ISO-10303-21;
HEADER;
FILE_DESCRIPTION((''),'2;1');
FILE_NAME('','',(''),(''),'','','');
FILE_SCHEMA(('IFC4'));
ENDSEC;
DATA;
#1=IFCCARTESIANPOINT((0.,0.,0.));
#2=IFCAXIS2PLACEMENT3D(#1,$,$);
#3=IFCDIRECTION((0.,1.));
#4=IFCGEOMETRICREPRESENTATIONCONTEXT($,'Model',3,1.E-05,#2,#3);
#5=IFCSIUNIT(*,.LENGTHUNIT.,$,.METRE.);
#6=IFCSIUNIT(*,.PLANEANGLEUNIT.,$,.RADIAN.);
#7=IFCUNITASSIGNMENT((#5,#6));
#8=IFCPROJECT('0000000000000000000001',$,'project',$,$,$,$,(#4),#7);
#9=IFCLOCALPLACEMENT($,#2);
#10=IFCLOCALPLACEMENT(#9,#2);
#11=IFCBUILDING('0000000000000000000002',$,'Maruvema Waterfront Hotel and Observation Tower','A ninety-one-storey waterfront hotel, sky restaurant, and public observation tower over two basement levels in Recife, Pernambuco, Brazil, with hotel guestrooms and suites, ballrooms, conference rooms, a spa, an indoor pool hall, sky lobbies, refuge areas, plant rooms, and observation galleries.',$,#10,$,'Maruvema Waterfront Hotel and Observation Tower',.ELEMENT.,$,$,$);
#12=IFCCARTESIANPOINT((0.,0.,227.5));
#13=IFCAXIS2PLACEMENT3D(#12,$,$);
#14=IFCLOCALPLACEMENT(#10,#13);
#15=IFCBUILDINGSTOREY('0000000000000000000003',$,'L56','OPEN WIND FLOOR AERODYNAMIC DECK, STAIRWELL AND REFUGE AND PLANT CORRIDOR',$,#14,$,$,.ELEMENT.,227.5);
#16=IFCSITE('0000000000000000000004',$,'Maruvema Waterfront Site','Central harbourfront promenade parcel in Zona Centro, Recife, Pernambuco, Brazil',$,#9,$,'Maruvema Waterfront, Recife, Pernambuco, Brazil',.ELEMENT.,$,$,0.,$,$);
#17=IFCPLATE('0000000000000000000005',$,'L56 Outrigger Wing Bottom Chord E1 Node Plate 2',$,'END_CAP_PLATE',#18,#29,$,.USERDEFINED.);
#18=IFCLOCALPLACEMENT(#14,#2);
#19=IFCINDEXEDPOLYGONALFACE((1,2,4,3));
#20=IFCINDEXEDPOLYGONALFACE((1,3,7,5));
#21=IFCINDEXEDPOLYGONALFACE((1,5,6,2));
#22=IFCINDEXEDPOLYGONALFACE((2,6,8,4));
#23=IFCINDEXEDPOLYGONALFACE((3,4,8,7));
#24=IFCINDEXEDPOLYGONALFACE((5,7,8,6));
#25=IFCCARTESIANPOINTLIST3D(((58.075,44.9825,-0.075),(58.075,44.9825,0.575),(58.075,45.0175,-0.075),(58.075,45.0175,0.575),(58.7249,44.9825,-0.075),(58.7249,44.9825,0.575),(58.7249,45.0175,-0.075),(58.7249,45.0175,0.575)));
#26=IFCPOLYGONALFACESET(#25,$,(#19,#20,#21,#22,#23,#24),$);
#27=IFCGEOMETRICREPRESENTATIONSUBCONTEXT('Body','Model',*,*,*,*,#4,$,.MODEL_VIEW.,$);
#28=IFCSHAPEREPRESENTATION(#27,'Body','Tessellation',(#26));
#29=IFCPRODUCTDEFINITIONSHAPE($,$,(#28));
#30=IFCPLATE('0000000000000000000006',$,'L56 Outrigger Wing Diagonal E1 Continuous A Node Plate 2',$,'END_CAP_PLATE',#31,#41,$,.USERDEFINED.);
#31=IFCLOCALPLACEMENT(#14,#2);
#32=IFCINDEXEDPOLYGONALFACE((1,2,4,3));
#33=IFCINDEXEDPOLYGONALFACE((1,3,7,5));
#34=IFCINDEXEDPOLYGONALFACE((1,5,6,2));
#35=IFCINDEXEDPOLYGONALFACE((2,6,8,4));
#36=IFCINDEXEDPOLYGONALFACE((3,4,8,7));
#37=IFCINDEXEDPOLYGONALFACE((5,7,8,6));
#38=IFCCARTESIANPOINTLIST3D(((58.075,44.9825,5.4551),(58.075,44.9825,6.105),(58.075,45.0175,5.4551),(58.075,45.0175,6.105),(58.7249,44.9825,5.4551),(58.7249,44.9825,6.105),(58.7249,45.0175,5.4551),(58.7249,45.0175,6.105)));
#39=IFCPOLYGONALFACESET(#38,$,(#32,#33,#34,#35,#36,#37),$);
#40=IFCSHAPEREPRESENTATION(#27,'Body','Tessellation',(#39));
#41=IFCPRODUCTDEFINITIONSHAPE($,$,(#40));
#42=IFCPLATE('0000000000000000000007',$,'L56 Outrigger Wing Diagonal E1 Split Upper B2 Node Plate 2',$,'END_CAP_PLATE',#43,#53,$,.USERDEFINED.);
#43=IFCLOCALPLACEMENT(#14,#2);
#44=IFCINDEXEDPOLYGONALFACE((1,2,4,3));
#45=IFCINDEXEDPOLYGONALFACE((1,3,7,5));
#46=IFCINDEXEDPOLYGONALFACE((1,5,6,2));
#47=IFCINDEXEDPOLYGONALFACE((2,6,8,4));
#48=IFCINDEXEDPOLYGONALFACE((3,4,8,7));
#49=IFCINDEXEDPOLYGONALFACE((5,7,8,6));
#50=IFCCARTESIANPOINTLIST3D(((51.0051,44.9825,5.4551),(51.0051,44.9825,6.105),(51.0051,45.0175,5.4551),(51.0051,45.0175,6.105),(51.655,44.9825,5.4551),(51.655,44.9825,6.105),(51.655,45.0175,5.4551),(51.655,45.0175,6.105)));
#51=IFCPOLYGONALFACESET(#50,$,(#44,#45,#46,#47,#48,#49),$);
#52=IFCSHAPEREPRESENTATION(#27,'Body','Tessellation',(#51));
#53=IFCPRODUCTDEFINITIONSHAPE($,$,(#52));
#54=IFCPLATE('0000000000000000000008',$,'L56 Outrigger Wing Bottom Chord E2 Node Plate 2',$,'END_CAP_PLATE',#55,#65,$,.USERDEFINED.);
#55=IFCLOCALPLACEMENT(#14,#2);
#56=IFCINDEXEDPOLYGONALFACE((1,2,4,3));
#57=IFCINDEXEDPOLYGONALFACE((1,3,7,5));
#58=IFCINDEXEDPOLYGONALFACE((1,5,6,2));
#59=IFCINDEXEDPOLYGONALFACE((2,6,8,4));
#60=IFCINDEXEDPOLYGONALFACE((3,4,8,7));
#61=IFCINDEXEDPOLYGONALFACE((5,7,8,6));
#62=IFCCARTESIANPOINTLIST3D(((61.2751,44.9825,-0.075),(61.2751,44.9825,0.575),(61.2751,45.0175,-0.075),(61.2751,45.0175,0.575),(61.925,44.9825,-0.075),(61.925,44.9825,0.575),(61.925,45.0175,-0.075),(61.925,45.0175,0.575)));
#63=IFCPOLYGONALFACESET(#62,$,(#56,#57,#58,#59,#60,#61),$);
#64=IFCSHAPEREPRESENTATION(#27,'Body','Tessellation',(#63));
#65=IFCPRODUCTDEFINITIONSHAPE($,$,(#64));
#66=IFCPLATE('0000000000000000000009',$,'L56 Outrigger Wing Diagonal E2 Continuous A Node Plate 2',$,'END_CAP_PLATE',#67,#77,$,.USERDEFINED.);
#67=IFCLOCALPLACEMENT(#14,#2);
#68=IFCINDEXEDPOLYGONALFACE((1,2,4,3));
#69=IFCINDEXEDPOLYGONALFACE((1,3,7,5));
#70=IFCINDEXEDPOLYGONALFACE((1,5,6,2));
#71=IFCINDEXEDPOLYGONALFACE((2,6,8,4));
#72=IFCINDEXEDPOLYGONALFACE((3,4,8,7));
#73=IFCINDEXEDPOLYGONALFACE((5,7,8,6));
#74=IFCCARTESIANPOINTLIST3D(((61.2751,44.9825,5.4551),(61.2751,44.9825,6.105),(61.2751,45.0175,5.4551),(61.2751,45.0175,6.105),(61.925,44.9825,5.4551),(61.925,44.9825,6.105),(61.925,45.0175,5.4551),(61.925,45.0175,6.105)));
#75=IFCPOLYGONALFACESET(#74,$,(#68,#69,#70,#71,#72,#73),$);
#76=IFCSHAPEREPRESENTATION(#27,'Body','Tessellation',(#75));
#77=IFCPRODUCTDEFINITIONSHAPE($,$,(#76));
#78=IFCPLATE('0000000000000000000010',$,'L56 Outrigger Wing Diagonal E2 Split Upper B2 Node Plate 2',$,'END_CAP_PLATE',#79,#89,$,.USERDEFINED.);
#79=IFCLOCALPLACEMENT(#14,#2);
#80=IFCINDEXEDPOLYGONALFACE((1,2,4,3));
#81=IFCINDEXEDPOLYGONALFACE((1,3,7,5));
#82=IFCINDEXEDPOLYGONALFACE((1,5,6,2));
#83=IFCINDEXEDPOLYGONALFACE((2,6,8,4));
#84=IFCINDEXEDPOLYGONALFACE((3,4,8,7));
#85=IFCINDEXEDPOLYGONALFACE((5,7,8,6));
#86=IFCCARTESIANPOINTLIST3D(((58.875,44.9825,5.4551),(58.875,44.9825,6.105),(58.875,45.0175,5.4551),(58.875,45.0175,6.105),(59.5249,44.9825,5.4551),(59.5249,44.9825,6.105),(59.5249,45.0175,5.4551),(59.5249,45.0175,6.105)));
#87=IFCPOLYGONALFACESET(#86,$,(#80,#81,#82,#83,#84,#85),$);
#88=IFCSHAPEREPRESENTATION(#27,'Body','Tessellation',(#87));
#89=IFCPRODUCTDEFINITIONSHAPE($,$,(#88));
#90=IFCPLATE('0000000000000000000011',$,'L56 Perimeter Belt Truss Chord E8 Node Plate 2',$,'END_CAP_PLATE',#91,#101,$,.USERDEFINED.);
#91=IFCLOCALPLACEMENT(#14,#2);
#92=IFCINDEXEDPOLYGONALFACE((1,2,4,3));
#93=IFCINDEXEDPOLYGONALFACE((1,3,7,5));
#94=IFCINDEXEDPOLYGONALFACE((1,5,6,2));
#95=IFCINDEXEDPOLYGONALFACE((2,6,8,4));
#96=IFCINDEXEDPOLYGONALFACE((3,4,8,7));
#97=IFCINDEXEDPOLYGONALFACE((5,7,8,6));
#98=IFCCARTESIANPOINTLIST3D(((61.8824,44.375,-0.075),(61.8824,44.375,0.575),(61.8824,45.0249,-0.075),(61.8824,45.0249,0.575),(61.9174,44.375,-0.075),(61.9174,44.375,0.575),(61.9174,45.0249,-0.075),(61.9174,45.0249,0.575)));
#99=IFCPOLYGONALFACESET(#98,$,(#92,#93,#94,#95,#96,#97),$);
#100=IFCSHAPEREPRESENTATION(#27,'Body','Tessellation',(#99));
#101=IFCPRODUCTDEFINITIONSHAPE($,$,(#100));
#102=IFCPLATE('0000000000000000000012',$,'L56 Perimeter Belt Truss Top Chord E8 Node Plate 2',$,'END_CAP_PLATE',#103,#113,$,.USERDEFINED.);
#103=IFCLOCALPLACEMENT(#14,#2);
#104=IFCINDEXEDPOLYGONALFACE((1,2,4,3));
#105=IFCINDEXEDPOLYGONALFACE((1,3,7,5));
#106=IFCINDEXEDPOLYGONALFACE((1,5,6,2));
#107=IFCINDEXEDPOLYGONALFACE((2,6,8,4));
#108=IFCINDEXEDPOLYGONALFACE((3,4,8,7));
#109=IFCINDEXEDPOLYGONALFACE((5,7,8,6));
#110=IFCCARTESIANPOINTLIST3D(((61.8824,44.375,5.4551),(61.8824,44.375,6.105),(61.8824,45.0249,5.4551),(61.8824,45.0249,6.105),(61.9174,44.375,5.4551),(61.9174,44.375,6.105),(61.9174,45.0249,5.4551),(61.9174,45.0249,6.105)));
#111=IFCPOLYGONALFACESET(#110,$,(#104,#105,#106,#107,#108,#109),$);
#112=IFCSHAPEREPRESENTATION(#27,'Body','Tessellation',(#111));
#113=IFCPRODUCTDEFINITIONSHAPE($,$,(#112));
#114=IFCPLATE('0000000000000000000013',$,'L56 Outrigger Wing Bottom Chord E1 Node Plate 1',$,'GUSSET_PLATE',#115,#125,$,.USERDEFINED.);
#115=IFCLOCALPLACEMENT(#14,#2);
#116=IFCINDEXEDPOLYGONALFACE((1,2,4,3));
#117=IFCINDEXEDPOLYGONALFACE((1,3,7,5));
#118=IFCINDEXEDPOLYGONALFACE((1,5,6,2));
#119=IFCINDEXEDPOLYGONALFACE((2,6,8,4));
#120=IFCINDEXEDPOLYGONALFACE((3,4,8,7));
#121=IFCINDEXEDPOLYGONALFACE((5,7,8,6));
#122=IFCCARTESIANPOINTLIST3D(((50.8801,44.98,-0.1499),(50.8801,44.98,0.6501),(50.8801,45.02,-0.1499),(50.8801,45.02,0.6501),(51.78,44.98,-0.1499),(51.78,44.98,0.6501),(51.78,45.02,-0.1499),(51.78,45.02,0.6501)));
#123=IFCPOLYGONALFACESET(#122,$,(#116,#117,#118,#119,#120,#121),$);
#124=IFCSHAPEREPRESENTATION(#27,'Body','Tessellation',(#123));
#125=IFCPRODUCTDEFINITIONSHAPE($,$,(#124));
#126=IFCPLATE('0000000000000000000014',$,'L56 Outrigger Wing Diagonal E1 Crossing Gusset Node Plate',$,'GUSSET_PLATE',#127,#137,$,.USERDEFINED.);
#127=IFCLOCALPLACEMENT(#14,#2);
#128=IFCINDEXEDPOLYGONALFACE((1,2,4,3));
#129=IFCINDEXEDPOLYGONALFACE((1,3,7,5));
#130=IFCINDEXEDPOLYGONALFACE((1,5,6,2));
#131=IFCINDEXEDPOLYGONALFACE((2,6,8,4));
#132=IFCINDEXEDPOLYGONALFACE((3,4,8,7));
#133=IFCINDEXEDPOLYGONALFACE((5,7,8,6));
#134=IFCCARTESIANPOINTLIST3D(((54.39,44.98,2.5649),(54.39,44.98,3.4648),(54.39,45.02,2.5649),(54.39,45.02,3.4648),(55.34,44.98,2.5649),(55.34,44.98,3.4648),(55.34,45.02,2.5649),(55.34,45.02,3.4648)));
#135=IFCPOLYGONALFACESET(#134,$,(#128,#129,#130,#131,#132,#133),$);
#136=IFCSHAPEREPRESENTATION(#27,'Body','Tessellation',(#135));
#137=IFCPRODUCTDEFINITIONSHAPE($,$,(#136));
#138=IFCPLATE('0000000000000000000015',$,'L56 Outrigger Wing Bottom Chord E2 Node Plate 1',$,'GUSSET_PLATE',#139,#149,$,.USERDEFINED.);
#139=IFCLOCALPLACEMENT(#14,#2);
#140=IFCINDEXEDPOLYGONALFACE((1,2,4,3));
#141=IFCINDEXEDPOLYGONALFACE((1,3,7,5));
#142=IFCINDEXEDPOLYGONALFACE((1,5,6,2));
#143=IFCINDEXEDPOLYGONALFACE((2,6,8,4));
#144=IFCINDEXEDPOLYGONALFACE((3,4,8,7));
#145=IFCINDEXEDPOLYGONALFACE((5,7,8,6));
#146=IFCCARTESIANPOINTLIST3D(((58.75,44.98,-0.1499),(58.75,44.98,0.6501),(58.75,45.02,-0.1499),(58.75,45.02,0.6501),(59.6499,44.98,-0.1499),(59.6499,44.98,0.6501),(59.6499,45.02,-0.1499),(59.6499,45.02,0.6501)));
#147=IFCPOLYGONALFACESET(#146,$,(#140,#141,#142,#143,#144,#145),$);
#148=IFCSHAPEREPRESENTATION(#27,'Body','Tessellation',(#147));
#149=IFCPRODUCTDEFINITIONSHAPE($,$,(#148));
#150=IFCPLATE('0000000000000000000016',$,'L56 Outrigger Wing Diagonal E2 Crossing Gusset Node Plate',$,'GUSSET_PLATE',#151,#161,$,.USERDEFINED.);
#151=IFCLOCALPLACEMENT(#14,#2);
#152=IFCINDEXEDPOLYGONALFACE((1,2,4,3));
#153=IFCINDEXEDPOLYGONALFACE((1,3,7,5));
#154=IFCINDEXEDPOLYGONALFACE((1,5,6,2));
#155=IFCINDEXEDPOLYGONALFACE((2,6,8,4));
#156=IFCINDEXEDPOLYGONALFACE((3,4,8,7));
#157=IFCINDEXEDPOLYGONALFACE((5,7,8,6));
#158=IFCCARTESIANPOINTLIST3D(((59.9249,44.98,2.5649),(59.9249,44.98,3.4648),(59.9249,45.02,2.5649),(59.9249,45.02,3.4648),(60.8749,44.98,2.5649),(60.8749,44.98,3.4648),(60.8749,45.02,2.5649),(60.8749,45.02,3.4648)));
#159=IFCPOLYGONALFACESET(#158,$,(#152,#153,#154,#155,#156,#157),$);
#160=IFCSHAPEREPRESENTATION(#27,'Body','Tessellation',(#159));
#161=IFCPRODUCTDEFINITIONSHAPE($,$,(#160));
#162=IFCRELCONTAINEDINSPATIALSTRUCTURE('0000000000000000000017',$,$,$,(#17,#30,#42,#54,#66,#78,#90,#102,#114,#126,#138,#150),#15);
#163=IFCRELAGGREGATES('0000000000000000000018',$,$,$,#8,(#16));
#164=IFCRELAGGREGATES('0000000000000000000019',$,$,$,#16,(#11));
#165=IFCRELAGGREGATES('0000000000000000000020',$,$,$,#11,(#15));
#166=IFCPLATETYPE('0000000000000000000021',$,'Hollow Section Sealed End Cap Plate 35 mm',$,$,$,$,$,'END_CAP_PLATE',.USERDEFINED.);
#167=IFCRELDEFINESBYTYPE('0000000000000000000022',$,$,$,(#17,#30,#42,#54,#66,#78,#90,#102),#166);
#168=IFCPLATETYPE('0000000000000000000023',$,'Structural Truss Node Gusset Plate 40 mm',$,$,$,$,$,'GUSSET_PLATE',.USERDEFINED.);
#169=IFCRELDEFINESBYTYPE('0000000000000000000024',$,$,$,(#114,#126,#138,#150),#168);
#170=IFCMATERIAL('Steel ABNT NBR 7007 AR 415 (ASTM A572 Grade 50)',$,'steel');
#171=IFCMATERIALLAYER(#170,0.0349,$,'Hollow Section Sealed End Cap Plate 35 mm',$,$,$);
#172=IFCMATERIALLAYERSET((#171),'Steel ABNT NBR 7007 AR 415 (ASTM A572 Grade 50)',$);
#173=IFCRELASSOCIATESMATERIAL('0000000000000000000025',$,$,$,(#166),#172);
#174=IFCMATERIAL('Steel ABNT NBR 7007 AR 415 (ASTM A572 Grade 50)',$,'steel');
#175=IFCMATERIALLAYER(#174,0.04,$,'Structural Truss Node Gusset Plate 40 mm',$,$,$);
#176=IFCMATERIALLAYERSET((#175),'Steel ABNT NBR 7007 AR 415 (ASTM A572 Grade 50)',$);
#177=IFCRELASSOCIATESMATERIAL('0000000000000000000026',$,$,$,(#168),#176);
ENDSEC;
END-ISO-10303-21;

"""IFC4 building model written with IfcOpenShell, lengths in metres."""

from ifc_helpers import new_model, si_unit, direction, frame, origin, origin_2d, place, context, subcontext, project, spatial, rectangle, extrude, material, layer, layer_set, type_object, element, save


model = new_model("IFC4")

# Units and contexts
model_context = context("Model", 3, precision=1e-05, world=origin(), true_north=direction((0.0, 1.0)))
body_context = subcontext(model_context, "Body", "Model", "MODEL_VIEW")
ifc_project = project(units=[si_unit("LENGTHUNIT", "METRE"), si_unit("PLANEANGLEUNIT", "RADIAN")], contexts=[model_context])

# Site, building, storey
site_placement = place(None, origin())
site = spatial("IfcSite", under=ifc_project, at=site_placement, Name="Maruvema Waterfront Site", Description="Central harbourfront promenade parcel in Zona Centro, Recife, Pernambuco, Brazil", LongName="Maruvema Waterfront, Recife, Pernambuco, Brazil", CompositionType="ELEMENT", RefElevation=0.0)
building_placement = place(site_placement, origin())
building = spatial("IfcBuilding", under=site, at=building_placement, Name="Maruvema Waterfront Hotel and Observation Tower", Description="A ninety-one-storey waterfront hotel, sky restaurant, and public observation tower over two basement levels in Recife, Pernambuco, Brazil, with hotel guestrooms and suites, ballrooms, conference rooms, a spa, an indoor pool hall, sky lobbies, refuge areas, plant rooms, and observation galleries.", LongName="Maruvema Waterfront Hotel and Observation Tower", CompositionType="ELEMENT")
storey_placement = place(building_placement, frame((0.0, 0.0, 227.5)))
storey = spatial("IfcBuildingStorey", under=building, at=storey_placement, Name="L56", Description="OPEN WIND FLOOR AERODYNAMIC DECK, STAIRWELL AND REFUGE AND PLANT CORRIDOR", CompositionType="ELEMENT", Elevation=227.5)

# Plates
ifc_material_1 = material(Name="Steel ABNT NBR 7007 AR 415 (ASTM A572 Grade 50)", Category="steel")
ifc_layer_1 = layer(ifc_material_1, 0.0349, Name="Hollow Section Sealed End Cap Plate 35 mm")
ifc_layer_set_1 = layer_set([ifc_layer_1], Name="Steel ABNT NBR 7007 AR 415 (ASTM A572 Grade 50)")
plate_type_1 = type_object("IfcPlateType", Name="Hollow Section Sealed End Cap Plate 35 mm", ElementType="END_CAP_PLATE", PredefinedType="USERDEFINED", material=ifc_layer_set_1)
for number, where, z_axis, x_axis, name in (
    (1, (58.3999, 45.0, -0.075), (0.0, 0.0, 1.0), (1.0, 0.0, 0.0), "L56 Outrigger Wing Bottom Chord E1 Node Plate 2"),
    (2, (58.3999, 45.0, 5.4551), (0.0, 0.0, 1.0), (1.0, 0.0, 0.0), "L56 Outrigger Wing Diagonal E1 Continuous A Node Plate 2"),
    (3, (51.3301, 45.0, 5.4551), (0.0, 0.0, 1.0), (-1.0, 0.0, 0.0), "L56 Outrigger Wing Diagonal E1 Split Upper B2 Node Plate 2"),
    (4, (61.6001, 45.0, -0.075), (0.0, 0.0, 1.0), (1.0, 0.0, 0.0), "L56 Outrigger Wing Bottom Chord E2 Node Plate 2"),
    (5, (61.6001, 45.0, 5.4551), (0.0, 0.0, 1.0), (1.0, 0.0, 0.0), "L56 Outrigger Wing Diagonal E2 Continuous A Node Plate 2"),
    (6, (59.2, 45.0, 5.4551), (0.0, 0.0, 1.0), (-1.0, 0.0, 0.0), "L56 Outrigger Wing Diagonal E2 Split Upper B2 Node Plate 2"),
    (7, (61.8999, 44.7, -0.075), (0.0, 0.0, 1.0), (0.0, 1.0, 0.0), "L56 Perimeter Belt Truss Chord E8 Node Plate 2"),
    (8, (61.8999, 44.7, 5.4551), (0.0, 0.0, 1.0), (0.0, 1.0, 0.0), "L56 Perimeter Belt Truss Top Chord E8 Node Plate 2"),
):
    element("IfcPlate", number, at=place(storey_placement, frame(where, z_axis=z_axis, x_axis=x_axis)), inside=storey, type_object=plate_type_1, Name=name, ObjectType="END_CAP_PLATE", PredefinedType="USERDEFINED", context=body_context, shape_type="SweptSolid", body=[
        extrude(rectangle(XDim=0.6499, YDim=0.0349, at=origin_2d()), origin(), (0.0, 0.0, 1.0), 0.6499),
    ])
ifc_material_2 = material(Name="Steel ABNT NBR 7007 AR 415 (ASTM A572 Grade 50)", Category="steel")
ifc_layer_2 = layer(ifc_material_2, 0.04, Name="Structural Truss Node Gusset Plate 40 mm")
ifc_layer_set_2 = layer_set([ifc_layer_2], Name="Steel ABNT NBR 7007 AR 415 (ASTM A572 Grade 50)")
plate_type_2 = type_object("IfcPlateType", Name="Structural Truss Node Gusset Plate 40 mm", ElementType="GUSSET_PLATE", PredefinedType="USERDEFINED", material=ifc_layer_set_2)
plate_1_placement = place(storey_placement, frame((51.3301, 45.0, -0.1499), z_axis=(0.0, 0.0, 1.0), x_axis=(1.0, 0.0, 0.0)))
element("IfcPlate", 9, at=plate_1_placement, inside=storey, type_object=plate_type_2, Name="L56 Outrigger Wing Bottom Chord E1 Node Plate 1", ObjectType="GUSSET_PLATE", PredefinedType="USERDEFINED", context=body_context, shape_type="SweptSolid", body=[
    extrude(rectangle(XDim=0.8999, YDim=0.04, at=origin_2d()), origin(), (0.0, 0.0, 1.0), 0.8),
])
plate_2_placement = place(storey_placement, frame((54.865, 45.0, 2.5649), z_axis=(0.0, 0.0, 1.0), x_axis=(-1.0, 0.0, 0.0)))
element("IfcPlate", 10, at=plate_2_placement, inside=storey, type_object=plate_type_2, Name="L56 Outrigger Wing Diagonal E1 Crossing Gusset Node Plate", ObjectType="GUSSET_PLATE", PredefinedType="USERDEFINED", context=body_context, shape_type="SweptSolid", body=[
    extrude(rectangle(XDim=0.95, YDim=0.04, at=origin_2d()), origin(), (0.0, 0.0, 1.0), 0.8999),
])
plate_3_placement = place(storey_placement, frame((59.2, 45.0, -0.1499), z_axis=(0.0, 0.0, 1.0), x_axis=(1.0, 0.0, 0.0)))
element("IfcPlate", 11, at=plate_3_placement, inside=storey, type_object=plate_type_2, Name="L56 Outrigger Wing Bottom Chord E2 Node Plate 1", ObjectType="GUSSET_PLATE", PredefinedType="USERDEFINED", context=body_context, shape_type="SweptSolid", body=[
    extrude(rectangle(XDim=0.8999, YDim=0.04, at=origin_2d()), origin(), (0.0, 0.0, 1.0), 0.8),
])
plate_4_placement = place(storey_placement, frame((60.3999, 45.0, 2.5649), z_axis=(0.0, 0.0, 1.0), x_axis=(-1.0, 0.0, 0.0)))
element("IfcPlate", 12, at=plate_4_placement, inside=storey, type_object=plate_type_2, Name="L56 Outrigger Wing Diagonal E2 Crossing Gusset Node Plate", ObjectType="GUSSET_PLATE", PredefinedType="USERDEFINED", context=body_context, shape_type="SweptSolid", body=[
    extrude(rectangle(XDim=0.95, YDim=0.04, at=origin_2d()), origin(), (0.0, 0.0, 1.0), 0.8999),
])

save(model, "model.ifc")
